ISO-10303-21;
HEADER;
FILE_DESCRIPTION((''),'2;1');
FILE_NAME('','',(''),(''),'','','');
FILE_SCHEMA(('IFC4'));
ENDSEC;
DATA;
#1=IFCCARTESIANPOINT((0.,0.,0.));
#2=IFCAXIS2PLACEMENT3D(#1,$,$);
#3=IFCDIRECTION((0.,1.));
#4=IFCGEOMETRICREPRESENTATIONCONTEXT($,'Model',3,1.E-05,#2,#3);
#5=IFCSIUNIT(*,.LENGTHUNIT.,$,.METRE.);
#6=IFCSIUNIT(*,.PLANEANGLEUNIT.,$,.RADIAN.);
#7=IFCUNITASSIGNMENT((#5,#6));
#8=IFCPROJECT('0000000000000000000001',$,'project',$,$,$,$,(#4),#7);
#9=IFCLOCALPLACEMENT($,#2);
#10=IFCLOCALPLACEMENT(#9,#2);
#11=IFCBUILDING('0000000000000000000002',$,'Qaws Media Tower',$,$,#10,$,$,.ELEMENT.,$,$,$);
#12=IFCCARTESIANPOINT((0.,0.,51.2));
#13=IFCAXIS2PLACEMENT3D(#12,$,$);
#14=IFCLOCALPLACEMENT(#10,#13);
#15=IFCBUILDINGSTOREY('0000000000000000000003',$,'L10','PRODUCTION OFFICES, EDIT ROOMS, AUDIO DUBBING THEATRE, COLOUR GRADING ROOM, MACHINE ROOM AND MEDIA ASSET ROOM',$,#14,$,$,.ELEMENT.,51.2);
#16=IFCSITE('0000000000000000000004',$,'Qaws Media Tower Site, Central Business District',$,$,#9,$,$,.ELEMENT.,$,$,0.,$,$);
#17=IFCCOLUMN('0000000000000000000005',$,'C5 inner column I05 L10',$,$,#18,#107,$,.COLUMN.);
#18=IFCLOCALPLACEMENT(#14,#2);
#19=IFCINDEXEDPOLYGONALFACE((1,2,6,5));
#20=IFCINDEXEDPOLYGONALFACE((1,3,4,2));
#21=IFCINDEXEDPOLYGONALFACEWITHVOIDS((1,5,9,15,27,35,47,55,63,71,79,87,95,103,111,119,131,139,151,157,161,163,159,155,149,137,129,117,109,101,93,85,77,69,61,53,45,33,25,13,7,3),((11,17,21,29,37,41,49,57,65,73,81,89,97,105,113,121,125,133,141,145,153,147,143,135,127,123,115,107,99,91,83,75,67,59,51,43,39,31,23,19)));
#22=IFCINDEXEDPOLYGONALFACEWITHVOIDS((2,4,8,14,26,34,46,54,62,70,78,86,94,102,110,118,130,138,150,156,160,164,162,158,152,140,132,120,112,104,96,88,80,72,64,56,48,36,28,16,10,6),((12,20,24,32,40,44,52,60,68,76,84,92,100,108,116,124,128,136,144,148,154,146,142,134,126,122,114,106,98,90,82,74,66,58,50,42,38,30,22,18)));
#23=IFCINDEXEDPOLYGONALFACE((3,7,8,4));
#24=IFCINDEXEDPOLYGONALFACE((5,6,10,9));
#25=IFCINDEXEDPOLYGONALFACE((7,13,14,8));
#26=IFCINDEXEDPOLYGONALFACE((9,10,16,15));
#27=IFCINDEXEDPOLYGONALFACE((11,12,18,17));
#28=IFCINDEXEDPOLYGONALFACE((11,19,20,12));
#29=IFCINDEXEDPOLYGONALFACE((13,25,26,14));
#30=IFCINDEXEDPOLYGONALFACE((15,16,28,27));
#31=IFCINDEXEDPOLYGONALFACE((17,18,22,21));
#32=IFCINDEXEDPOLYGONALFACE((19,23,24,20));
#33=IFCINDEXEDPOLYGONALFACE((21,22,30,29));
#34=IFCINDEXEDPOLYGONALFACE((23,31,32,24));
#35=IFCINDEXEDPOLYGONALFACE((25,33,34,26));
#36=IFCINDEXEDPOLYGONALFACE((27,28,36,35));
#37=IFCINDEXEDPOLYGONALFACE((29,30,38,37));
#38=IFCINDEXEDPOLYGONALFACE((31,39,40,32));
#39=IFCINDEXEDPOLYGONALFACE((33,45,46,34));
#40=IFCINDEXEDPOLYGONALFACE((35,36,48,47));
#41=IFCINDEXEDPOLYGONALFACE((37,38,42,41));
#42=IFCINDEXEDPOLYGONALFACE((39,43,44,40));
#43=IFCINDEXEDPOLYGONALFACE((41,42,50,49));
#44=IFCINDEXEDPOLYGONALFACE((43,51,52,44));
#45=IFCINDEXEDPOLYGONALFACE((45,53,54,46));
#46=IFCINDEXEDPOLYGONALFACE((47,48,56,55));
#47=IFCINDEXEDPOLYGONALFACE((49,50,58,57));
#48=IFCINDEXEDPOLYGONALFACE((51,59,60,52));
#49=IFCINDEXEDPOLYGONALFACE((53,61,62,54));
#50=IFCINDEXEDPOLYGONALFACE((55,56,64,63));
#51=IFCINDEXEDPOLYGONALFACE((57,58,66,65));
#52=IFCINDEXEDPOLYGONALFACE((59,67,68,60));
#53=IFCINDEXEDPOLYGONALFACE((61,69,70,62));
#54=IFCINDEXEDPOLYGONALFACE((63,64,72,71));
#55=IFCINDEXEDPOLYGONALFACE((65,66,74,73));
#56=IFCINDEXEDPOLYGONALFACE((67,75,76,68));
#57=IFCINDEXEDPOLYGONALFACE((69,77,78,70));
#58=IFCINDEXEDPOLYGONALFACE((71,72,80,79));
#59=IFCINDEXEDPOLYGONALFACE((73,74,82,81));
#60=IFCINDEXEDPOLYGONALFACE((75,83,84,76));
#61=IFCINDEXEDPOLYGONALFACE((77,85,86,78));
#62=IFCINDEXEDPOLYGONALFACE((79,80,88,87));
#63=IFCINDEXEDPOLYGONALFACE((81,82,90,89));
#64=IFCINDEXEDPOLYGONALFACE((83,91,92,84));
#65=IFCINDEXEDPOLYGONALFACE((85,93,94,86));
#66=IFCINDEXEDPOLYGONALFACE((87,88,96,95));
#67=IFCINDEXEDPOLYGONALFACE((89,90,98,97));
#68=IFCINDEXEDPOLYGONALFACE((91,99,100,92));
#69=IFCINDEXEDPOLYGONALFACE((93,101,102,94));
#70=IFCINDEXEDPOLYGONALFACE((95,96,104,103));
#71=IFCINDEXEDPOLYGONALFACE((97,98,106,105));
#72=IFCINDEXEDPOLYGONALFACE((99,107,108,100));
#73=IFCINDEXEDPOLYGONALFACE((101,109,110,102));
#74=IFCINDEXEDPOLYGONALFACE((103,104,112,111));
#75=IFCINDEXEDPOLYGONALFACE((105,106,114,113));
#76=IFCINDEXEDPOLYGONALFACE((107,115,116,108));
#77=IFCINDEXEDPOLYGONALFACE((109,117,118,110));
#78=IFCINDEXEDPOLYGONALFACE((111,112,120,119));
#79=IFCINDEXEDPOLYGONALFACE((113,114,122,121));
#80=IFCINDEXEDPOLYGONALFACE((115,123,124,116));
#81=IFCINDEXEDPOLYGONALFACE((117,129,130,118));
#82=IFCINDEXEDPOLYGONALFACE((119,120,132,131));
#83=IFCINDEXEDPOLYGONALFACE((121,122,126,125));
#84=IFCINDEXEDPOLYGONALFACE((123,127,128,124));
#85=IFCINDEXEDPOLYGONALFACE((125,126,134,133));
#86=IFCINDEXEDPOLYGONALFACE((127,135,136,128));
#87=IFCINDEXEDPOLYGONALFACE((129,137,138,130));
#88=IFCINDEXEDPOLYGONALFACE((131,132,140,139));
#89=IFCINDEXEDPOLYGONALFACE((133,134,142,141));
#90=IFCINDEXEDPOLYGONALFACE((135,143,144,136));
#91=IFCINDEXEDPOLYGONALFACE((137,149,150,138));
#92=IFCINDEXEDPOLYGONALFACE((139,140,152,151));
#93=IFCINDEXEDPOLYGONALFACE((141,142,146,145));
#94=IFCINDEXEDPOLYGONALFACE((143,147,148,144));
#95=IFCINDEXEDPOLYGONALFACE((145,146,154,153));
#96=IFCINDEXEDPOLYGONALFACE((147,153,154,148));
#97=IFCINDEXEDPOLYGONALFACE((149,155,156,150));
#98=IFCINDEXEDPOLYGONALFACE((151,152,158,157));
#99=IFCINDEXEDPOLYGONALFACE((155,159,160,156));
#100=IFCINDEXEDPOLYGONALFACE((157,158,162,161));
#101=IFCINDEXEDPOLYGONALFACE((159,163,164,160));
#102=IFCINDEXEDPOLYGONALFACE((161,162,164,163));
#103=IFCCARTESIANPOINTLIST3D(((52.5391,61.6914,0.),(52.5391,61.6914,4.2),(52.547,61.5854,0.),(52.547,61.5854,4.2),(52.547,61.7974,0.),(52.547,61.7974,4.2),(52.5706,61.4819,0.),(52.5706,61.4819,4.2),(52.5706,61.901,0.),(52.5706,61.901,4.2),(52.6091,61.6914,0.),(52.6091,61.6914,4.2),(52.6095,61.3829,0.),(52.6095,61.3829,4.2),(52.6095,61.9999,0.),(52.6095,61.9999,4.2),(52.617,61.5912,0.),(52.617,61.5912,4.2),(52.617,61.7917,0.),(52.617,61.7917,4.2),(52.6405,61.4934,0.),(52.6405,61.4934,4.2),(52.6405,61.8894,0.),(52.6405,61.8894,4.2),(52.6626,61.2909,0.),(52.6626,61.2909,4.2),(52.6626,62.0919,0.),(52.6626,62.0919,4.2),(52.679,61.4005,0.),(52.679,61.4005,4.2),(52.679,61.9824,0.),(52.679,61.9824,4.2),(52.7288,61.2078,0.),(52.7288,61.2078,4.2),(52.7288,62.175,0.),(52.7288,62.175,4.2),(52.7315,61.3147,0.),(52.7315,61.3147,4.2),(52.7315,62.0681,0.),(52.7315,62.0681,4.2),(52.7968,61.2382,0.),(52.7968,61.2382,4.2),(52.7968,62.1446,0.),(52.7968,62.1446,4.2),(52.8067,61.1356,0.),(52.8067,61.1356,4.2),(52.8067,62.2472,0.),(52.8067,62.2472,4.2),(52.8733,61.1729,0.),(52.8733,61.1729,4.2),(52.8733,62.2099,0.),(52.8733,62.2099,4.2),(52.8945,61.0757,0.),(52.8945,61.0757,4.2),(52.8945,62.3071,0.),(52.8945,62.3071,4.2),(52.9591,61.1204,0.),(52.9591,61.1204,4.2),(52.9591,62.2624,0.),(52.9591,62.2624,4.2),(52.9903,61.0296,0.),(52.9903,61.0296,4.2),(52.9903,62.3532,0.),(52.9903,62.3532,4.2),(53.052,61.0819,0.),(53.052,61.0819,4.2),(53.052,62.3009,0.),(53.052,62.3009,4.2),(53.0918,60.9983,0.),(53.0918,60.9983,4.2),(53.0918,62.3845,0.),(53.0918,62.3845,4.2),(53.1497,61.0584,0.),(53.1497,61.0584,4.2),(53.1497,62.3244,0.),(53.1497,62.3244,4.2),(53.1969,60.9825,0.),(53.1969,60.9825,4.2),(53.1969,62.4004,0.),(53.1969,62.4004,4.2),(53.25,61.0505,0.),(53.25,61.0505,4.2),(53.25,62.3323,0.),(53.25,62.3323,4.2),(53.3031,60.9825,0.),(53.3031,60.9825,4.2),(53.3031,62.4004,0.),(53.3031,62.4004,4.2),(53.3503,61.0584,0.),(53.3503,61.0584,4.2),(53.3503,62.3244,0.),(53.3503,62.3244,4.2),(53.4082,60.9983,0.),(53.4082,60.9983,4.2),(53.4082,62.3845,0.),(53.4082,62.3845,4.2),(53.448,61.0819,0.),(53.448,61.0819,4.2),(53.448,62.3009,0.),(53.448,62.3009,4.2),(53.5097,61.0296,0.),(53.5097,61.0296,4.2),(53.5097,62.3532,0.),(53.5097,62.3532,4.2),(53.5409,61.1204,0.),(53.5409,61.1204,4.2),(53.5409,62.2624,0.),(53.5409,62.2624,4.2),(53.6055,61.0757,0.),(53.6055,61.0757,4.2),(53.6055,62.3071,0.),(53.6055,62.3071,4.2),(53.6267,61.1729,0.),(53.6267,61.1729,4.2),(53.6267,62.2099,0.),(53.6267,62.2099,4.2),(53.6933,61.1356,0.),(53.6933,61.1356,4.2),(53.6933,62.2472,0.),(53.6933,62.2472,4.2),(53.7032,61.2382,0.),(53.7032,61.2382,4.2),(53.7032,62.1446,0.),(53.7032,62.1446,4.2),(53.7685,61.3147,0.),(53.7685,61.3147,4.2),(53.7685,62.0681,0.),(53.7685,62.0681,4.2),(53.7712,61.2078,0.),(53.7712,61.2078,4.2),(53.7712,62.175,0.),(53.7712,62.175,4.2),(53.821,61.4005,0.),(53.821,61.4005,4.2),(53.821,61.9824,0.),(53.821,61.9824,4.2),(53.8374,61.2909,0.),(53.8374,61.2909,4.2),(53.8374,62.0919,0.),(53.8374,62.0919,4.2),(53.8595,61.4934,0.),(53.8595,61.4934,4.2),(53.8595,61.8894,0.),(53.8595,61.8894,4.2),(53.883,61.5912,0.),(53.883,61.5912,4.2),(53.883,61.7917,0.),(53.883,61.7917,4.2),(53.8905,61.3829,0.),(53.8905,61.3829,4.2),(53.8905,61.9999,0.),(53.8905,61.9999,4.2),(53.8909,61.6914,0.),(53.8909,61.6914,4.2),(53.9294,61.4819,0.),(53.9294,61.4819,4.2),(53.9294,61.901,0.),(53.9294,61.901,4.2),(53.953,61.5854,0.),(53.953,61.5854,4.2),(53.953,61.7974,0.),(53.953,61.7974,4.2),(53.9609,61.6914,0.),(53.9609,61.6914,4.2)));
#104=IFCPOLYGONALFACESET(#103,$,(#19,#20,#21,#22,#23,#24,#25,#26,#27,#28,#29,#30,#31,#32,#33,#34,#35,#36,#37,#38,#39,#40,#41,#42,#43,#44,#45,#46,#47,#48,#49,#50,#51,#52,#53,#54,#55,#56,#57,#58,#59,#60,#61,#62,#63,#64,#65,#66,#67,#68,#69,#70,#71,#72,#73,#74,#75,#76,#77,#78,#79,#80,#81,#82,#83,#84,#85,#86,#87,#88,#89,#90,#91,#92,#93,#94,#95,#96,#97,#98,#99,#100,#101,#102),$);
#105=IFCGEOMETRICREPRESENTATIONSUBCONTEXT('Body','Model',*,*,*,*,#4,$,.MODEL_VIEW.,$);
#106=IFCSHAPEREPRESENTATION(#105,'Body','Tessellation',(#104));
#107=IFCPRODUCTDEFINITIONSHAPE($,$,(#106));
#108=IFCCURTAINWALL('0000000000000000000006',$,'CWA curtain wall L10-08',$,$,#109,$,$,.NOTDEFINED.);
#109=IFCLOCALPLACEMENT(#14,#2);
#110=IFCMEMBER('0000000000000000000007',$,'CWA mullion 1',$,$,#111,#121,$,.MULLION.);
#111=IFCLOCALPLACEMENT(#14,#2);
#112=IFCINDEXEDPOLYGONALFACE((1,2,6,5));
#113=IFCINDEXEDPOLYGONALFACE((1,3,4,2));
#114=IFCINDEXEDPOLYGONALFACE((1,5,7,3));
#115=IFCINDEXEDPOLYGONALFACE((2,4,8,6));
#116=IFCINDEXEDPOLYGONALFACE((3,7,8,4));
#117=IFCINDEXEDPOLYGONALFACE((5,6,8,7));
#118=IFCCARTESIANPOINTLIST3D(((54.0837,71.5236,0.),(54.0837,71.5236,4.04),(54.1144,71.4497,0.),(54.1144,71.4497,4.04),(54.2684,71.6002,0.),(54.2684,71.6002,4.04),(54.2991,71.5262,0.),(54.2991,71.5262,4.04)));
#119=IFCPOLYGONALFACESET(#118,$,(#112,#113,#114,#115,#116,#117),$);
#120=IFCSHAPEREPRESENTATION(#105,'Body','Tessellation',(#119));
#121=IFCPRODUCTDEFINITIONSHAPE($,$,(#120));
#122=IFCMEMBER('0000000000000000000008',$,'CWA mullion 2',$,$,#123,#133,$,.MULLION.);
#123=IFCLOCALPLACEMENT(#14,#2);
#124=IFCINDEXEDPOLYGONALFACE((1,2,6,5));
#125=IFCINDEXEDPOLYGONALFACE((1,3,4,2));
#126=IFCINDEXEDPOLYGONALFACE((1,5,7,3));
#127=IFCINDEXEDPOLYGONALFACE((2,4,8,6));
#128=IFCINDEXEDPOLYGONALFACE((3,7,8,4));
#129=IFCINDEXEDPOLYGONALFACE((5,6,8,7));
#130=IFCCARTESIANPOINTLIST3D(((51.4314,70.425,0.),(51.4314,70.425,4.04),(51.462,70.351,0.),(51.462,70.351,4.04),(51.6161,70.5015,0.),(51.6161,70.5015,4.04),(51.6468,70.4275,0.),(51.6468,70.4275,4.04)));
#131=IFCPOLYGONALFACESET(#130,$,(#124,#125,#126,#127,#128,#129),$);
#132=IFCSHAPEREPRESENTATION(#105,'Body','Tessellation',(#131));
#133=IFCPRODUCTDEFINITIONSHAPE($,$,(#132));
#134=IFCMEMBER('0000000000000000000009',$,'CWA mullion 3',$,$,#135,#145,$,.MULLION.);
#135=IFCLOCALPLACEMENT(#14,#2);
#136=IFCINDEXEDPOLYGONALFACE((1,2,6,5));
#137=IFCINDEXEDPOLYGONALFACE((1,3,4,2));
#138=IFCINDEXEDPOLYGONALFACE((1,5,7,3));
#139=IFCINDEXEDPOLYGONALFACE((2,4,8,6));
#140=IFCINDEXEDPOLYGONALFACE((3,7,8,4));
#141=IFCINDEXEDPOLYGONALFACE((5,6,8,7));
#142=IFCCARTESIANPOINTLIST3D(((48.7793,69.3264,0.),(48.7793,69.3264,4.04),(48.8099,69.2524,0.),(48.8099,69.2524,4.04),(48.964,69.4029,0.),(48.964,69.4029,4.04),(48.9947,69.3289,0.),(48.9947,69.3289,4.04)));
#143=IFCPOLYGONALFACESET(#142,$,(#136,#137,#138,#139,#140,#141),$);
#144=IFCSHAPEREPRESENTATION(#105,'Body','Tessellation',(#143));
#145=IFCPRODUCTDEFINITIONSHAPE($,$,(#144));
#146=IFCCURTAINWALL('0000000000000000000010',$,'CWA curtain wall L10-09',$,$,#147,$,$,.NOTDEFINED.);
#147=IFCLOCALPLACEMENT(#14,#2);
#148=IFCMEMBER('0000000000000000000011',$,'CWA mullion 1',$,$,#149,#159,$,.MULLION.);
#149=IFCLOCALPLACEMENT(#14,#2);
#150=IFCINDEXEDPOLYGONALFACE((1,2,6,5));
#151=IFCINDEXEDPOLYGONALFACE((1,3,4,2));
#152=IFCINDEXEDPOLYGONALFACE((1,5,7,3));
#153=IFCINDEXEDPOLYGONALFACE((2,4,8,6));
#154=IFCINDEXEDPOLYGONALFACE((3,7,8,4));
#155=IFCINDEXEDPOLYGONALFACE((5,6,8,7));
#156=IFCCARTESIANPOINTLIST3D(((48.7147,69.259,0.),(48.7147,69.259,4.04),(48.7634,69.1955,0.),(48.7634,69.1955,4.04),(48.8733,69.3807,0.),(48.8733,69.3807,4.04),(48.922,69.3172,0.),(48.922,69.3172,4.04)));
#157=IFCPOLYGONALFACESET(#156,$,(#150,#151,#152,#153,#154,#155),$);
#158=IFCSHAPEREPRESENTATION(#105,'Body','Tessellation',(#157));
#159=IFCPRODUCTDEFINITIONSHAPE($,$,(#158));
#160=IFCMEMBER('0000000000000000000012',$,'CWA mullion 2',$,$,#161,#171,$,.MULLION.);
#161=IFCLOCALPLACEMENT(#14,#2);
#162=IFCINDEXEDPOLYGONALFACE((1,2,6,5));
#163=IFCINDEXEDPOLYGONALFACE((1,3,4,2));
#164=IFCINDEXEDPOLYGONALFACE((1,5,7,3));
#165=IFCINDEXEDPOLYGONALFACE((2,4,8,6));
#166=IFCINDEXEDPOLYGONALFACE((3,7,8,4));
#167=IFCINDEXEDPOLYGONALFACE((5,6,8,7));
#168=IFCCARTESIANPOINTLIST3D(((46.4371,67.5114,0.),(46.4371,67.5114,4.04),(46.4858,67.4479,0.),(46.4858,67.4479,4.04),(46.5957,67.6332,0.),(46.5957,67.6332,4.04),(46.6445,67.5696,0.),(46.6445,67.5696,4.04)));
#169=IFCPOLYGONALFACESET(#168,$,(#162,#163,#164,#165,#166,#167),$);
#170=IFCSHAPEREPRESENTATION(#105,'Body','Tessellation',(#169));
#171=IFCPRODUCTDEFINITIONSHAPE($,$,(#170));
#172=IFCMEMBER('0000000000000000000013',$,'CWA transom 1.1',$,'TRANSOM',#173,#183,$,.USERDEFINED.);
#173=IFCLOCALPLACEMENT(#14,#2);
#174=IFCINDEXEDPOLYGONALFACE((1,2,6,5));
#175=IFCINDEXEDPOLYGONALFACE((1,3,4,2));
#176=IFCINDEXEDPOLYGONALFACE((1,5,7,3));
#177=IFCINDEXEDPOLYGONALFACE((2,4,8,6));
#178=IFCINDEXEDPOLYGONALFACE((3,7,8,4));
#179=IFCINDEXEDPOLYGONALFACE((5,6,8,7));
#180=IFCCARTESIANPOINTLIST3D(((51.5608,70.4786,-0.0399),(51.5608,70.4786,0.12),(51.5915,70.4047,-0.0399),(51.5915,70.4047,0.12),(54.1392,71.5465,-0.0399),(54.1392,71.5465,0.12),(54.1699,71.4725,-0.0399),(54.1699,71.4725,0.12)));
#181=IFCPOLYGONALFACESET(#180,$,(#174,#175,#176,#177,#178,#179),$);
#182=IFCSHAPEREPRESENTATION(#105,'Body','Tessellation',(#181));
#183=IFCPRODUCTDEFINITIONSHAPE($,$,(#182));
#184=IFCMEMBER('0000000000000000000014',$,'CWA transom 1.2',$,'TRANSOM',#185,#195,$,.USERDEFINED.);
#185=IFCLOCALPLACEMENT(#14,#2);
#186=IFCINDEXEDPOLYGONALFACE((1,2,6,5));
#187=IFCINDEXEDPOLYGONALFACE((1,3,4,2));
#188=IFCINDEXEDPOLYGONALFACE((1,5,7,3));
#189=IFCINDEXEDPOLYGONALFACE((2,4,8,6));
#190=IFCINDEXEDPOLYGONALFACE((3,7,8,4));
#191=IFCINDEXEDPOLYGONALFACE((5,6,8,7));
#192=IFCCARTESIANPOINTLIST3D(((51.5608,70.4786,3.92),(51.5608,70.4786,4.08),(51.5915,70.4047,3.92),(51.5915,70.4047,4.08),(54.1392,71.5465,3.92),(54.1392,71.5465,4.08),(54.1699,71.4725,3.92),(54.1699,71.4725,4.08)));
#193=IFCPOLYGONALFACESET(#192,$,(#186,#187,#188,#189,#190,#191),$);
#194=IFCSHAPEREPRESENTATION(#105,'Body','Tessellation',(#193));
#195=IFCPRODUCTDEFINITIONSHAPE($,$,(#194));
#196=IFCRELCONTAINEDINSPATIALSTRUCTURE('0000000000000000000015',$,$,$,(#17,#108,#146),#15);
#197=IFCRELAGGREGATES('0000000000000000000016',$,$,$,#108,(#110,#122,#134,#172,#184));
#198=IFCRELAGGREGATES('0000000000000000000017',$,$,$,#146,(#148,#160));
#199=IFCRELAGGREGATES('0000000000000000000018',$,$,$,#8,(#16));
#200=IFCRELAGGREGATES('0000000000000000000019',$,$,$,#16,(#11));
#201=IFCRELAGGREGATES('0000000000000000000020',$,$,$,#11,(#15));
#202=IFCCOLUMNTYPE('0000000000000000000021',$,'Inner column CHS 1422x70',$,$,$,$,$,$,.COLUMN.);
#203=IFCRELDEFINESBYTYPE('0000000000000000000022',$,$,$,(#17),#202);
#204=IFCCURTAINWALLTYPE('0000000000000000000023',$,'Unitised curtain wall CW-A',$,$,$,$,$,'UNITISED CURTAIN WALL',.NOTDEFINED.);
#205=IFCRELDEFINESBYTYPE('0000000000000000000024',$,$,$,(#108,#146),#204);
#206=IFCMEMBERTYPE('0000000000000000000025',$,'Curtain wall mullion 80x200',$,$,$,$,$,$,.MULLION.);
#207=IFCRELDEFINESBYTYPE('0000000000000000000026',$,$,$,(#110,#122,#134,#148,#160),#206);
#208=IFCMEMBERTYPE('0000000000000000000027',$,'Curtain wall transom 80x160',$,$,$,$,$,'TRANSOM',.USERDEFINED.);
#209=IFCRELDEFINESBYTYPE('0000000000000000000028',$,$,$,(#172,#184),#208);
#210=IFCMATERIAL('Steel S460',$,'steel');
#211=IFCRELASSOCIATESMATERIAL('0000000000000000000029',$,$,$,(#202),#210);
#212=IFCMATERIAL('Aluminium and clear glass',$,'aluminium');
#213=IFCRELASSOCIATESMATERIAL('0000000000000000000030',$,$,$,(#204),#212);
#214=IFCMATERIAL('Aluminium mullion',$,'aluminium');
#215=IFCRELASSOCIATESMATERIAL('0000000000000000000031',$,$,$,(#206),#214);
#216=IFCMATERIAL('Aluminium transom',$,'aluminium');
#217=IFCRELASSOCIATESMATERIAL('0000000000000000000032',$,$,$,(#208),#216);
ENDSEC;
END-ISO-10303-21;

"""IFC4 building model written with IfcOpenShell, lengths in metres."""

from ifc_helpers import new_model, si_unit, direction, frame, origin, origin_2d, place, context, subcontext, project, spatial, rectangle, hollow_circle, extrude, material, material_profile, profile_set, type_object, element, aggregate, save


model = new_model("IFC4")

# Units and contexts
model_context = context("Model", 3, precision=1e-05, world=origin(), true_north=direction((0.0, 1.0)))
body_context = subcontext(model_context, "Body", "Model", "MODEL_VIEW")
ifc_project = project(units=[si_unit("LENGTHUNIT", "METRE"), si_unit("PLANEANGLEUNIT", "RADIAN")], contexts=[model_context])

# Site, building, storey
site_placement = place(None, origin())
site = spatial("IfcSite", under=ifc_project, at=site_placement, Name="Qaws Media Tower Site, Central Business District", CompositionType="ELEMENT", RefElevation=0.0)
building_placement = place(site_placement, origin())
building = spatial("IfcBuilding", under=site, at=building_placement, Name="Qaws Media Tower", CompositionType="ELEMENT")
storey_placement = place(building_placement, frame((0.0, 0.0, 51.2)))
storey = spatial("IfcBuildingStorey", under=building, at=storey_placement, Name="L10", Description="PRODUCTION OFFICES, EDIT ROOMS, AUDIO DUBBING THEATRE, COLOUR GRADING ROOM, MACHINE ROOM AND MEDIA ASSET ROOM", CompositionType="ELEMENT", Elevation=51.2)

# Column
ifc_material_1 = material(Name="Steel S460", Category="steel")
ifc_material_profile_1 = material_profile(ifc_material_1, hollow_circle(Radius=0.7109, WallThickness=0.0701, at=origin_2d()), Name="CHS 1422x70")
ifc_profile_set_1 = profile_set([ifc_material_profile_1], Name="Steel S460")
column_type = type_object("IfcColumnType", Name="Inner column CHS 1422x70", PredefinedType="COLUMN", material=ifc_profile_set_1)
column_placement = place(storey_placement, frame((53.25, 61.6914, 0.0), z_axis=(0.0, 0.0, 1.0), x_axis=(1.0, 0.0, 0.0)))
element("IfcColumn", 1, at=column_placement, inside=storey, type_object=column_type, Name="C5 inner column I05 L10", PredefinedType="COLUMN", context=body_context, shape_type="SweptSolid", body=[
    extrude(hollow_circle(Radius=0.7109, WallThickness=0.0701, at=origin_2d()), origin(), (0.0, 0.0, 1.0), 4.2),
])

# Curtain walls, members
ifc_material_2 = material(Name="Aluminium and clear glass", Category="aluminium")
curtain_wall_type = type_object("IfcCurtainWallType", Name="Unitised curtain wall CW-A", ElementType="UNITISED CURTAIN WALL", PredefinedType="NOTDEFINED", material=ifc_material_2)
curtain_wall_1_placement = place(storey_placement, origin())
curtain_wall_1 = element("IfcCurtainWall", 2, at=curtain_wall_1_placement, inside=storey, type_object=curtain_wall_type, Name="CWA curtain wall L10-08", PredefinedType="NOTDEFINED")
ifc_material_3 = material(Name="Aluminium mullion", Category="aluminium")
ifc_material_profile_2 = material_profile(ifc_material_3, rectangle(XDim=0.0801, YDim=0.2, at=origin_2d()), Name="80x200")
ifc_profile_set_2 = profile_set([ifc_material_profile_2], Name="Aluminium mullion")
member_type_1 = type_object("IfcMemberType", Name="Curtain wall mullion 80x200", PredefinedType="MULLION", material=ifc_profile_set_2)
member_1_placement = place(storey_placement, frame((54.1914, 71.5249, 0.0), z_axis=(0.0, 0.0, 1.0), x_axis=(0.382683, -0.92388, 0.0)))
member_1 = element("IfcMember", 3, at=member_1_placement, type_object=member_type_1, Name="CWA mullion 1", PredefinedType="MULLION", context=body_context, shape_type="SweptSolid", body=[
    extrude(rectangle(XDim=0.0801, YDim=0.2, at=origin_2d()), origin(), (0.0, 0.0, 1.0), 4.04),
])
member_2_placement = place(storey_placement, frame((51.5391, 70.4263, 0.0), z_axis=(0.0, 0.0, 1.0), x_axis=(0.382683, -0.92388, 0.0)))
member_2 = element("IfcMember", 4, at=member_2_placement, type_object=member_type_1, Name="CWA mullion 2", PredefinedType="MULLION", context=body_context, shape_type="SweptSolid", body=[
    extrude(rectangle(XDim=0.0801, YDim=0.2, at=origin_2d()), origin(), (0.0, 0.0, 1.0), 4.04),
])
member_3_placement = place(storey_placement, frame((48.887, 69.3276, 0.0), z_axis=(0.0, 0.0, 1.0), x_axis=(0.382683, -0.92388, 0.0)))
member_3 = element("IfcMember", 5, at=member_3_placement, type_object=member_type_1, Name="CWA mullion 3", PredefinedType="MULLION", context=body_context, shape_type="SweptSolid", body=[
    extrude(rectangle(XDim=0.0801, YDim=0.2, at=origin_2d()), origin(), (0.0, 0.0, 1.0), 4.04),
])
curtain_wall_2_placement = place(storey_placement, origin())
curtain_wall_2 = element("IfcCurtainWall", 6, at=curtain_wall_2_placement, inside=storey, type_object=curtain_wall_type, Name="CWA curtain wall L10-09", PredefinedType="NOTDEFINED")
member_4_placement = place(storey_placement, frame((48.8184, 69.2881, 0.0), z_axis=(0.0, 0.0, 1.0), x_axis=(0.608762, -0.793353, 0.0)))
member_4 = element("IfcMember", 7, at=member_4_placement, type_object=member_type_1, Name="CWA mullion 1", PredefinedType="MULLION", context=body_context, shape_type="SweptSolid", body=[
    extrude(rectangle(XDim=0.0801, YDim=0.2, at=origin_2d()), origin(), (0.0, 0.0, 1.0), 4.04),
])
member_5_placement = place(storey_placement, frame((46.5408, 67.5405, 0.0), z_axis=(0.0, 0.0, 1.0), x_axis=(0.608762, -0.793353, 0.0)))
member_5 = element("IfcMember", 8, at=member_5_placement, type_object=member_type_1, Name="CWA mullion 2", PredefinedType="MULLION", context=body_context, shape_type="SweptSolid", body=[
    extrude(rectangle(XDim=0.0801, YDim=0.2, at=origin_2d()), origin(), (0.0, 0.0, 1.0), 4.04),
])

# Members
ifc_material_4 = material(Name="Aluminium transom", Category="aluminium")
ifc_material_profile_3 = material_profile(ifc_material_4, rectangle(XDim=0.0801, YDim=0.1599, at=origin_2d()), Name="80x160")
ifc_profile_set_3 = profile_set([ifc_material_profile_3], Name="Aluminium transom")
member_type_2 = type_object("IfcMemberType", Name="Curtain wall transom 80x160", ElementType="TRANSOM", PredefinedType="USERDEFINED", material=ifc_profile_set_3)
member_6_placement = place(storey_placement, frame((54.1545, 71.5095, 0.04), z_axis=(-0.923895, -0.382645, 0.0), x_axis=(0.382645, -0.923895, 0.0)))
member_6 = element("IfcMember", 9, at=member_6_placement, type_object=member_type_2, Name="CWA transom 1.1", ObjectType="TRANSOM", PredefinedType="USERDEFINED", context=body_context, shape_type="SweptSolid", body=[
    extrude(rectangle(XDim=0.0801, YDim=0.1599, at=origin_2d()), origin(), (0.0, 0.0, 1.0), 2.7908),
])
member_7_placement = place(storey_placement, frame((54.1545, 71.5095, 4.0), z_axis=(-0.923895, -0.382645, 0.0), x_axis=(0.382645, -0.923895, 0.0)))
member_7 = element("IfcMember", 10, at=member_7_placement, type_object=member_type_2, Name="CWA transom 1.2", ObjectType="TRANSOM", PredefinedType="USERDEFINED", context=body_context, shape_type="SweptSolid", body=[
    extrude(rectangle(XDim=0.0801, YDim=0.1599, at=origin_2d()), origin(), (0.0, 0.0, 1.0), 2.7908),
])

aggregate(curtain_wall_1, [member_1, member_2, member_3, member_6, member_7])
aggregate(curtain_wall_2, [member_4, member_5])

save(model, "model.ifc")
